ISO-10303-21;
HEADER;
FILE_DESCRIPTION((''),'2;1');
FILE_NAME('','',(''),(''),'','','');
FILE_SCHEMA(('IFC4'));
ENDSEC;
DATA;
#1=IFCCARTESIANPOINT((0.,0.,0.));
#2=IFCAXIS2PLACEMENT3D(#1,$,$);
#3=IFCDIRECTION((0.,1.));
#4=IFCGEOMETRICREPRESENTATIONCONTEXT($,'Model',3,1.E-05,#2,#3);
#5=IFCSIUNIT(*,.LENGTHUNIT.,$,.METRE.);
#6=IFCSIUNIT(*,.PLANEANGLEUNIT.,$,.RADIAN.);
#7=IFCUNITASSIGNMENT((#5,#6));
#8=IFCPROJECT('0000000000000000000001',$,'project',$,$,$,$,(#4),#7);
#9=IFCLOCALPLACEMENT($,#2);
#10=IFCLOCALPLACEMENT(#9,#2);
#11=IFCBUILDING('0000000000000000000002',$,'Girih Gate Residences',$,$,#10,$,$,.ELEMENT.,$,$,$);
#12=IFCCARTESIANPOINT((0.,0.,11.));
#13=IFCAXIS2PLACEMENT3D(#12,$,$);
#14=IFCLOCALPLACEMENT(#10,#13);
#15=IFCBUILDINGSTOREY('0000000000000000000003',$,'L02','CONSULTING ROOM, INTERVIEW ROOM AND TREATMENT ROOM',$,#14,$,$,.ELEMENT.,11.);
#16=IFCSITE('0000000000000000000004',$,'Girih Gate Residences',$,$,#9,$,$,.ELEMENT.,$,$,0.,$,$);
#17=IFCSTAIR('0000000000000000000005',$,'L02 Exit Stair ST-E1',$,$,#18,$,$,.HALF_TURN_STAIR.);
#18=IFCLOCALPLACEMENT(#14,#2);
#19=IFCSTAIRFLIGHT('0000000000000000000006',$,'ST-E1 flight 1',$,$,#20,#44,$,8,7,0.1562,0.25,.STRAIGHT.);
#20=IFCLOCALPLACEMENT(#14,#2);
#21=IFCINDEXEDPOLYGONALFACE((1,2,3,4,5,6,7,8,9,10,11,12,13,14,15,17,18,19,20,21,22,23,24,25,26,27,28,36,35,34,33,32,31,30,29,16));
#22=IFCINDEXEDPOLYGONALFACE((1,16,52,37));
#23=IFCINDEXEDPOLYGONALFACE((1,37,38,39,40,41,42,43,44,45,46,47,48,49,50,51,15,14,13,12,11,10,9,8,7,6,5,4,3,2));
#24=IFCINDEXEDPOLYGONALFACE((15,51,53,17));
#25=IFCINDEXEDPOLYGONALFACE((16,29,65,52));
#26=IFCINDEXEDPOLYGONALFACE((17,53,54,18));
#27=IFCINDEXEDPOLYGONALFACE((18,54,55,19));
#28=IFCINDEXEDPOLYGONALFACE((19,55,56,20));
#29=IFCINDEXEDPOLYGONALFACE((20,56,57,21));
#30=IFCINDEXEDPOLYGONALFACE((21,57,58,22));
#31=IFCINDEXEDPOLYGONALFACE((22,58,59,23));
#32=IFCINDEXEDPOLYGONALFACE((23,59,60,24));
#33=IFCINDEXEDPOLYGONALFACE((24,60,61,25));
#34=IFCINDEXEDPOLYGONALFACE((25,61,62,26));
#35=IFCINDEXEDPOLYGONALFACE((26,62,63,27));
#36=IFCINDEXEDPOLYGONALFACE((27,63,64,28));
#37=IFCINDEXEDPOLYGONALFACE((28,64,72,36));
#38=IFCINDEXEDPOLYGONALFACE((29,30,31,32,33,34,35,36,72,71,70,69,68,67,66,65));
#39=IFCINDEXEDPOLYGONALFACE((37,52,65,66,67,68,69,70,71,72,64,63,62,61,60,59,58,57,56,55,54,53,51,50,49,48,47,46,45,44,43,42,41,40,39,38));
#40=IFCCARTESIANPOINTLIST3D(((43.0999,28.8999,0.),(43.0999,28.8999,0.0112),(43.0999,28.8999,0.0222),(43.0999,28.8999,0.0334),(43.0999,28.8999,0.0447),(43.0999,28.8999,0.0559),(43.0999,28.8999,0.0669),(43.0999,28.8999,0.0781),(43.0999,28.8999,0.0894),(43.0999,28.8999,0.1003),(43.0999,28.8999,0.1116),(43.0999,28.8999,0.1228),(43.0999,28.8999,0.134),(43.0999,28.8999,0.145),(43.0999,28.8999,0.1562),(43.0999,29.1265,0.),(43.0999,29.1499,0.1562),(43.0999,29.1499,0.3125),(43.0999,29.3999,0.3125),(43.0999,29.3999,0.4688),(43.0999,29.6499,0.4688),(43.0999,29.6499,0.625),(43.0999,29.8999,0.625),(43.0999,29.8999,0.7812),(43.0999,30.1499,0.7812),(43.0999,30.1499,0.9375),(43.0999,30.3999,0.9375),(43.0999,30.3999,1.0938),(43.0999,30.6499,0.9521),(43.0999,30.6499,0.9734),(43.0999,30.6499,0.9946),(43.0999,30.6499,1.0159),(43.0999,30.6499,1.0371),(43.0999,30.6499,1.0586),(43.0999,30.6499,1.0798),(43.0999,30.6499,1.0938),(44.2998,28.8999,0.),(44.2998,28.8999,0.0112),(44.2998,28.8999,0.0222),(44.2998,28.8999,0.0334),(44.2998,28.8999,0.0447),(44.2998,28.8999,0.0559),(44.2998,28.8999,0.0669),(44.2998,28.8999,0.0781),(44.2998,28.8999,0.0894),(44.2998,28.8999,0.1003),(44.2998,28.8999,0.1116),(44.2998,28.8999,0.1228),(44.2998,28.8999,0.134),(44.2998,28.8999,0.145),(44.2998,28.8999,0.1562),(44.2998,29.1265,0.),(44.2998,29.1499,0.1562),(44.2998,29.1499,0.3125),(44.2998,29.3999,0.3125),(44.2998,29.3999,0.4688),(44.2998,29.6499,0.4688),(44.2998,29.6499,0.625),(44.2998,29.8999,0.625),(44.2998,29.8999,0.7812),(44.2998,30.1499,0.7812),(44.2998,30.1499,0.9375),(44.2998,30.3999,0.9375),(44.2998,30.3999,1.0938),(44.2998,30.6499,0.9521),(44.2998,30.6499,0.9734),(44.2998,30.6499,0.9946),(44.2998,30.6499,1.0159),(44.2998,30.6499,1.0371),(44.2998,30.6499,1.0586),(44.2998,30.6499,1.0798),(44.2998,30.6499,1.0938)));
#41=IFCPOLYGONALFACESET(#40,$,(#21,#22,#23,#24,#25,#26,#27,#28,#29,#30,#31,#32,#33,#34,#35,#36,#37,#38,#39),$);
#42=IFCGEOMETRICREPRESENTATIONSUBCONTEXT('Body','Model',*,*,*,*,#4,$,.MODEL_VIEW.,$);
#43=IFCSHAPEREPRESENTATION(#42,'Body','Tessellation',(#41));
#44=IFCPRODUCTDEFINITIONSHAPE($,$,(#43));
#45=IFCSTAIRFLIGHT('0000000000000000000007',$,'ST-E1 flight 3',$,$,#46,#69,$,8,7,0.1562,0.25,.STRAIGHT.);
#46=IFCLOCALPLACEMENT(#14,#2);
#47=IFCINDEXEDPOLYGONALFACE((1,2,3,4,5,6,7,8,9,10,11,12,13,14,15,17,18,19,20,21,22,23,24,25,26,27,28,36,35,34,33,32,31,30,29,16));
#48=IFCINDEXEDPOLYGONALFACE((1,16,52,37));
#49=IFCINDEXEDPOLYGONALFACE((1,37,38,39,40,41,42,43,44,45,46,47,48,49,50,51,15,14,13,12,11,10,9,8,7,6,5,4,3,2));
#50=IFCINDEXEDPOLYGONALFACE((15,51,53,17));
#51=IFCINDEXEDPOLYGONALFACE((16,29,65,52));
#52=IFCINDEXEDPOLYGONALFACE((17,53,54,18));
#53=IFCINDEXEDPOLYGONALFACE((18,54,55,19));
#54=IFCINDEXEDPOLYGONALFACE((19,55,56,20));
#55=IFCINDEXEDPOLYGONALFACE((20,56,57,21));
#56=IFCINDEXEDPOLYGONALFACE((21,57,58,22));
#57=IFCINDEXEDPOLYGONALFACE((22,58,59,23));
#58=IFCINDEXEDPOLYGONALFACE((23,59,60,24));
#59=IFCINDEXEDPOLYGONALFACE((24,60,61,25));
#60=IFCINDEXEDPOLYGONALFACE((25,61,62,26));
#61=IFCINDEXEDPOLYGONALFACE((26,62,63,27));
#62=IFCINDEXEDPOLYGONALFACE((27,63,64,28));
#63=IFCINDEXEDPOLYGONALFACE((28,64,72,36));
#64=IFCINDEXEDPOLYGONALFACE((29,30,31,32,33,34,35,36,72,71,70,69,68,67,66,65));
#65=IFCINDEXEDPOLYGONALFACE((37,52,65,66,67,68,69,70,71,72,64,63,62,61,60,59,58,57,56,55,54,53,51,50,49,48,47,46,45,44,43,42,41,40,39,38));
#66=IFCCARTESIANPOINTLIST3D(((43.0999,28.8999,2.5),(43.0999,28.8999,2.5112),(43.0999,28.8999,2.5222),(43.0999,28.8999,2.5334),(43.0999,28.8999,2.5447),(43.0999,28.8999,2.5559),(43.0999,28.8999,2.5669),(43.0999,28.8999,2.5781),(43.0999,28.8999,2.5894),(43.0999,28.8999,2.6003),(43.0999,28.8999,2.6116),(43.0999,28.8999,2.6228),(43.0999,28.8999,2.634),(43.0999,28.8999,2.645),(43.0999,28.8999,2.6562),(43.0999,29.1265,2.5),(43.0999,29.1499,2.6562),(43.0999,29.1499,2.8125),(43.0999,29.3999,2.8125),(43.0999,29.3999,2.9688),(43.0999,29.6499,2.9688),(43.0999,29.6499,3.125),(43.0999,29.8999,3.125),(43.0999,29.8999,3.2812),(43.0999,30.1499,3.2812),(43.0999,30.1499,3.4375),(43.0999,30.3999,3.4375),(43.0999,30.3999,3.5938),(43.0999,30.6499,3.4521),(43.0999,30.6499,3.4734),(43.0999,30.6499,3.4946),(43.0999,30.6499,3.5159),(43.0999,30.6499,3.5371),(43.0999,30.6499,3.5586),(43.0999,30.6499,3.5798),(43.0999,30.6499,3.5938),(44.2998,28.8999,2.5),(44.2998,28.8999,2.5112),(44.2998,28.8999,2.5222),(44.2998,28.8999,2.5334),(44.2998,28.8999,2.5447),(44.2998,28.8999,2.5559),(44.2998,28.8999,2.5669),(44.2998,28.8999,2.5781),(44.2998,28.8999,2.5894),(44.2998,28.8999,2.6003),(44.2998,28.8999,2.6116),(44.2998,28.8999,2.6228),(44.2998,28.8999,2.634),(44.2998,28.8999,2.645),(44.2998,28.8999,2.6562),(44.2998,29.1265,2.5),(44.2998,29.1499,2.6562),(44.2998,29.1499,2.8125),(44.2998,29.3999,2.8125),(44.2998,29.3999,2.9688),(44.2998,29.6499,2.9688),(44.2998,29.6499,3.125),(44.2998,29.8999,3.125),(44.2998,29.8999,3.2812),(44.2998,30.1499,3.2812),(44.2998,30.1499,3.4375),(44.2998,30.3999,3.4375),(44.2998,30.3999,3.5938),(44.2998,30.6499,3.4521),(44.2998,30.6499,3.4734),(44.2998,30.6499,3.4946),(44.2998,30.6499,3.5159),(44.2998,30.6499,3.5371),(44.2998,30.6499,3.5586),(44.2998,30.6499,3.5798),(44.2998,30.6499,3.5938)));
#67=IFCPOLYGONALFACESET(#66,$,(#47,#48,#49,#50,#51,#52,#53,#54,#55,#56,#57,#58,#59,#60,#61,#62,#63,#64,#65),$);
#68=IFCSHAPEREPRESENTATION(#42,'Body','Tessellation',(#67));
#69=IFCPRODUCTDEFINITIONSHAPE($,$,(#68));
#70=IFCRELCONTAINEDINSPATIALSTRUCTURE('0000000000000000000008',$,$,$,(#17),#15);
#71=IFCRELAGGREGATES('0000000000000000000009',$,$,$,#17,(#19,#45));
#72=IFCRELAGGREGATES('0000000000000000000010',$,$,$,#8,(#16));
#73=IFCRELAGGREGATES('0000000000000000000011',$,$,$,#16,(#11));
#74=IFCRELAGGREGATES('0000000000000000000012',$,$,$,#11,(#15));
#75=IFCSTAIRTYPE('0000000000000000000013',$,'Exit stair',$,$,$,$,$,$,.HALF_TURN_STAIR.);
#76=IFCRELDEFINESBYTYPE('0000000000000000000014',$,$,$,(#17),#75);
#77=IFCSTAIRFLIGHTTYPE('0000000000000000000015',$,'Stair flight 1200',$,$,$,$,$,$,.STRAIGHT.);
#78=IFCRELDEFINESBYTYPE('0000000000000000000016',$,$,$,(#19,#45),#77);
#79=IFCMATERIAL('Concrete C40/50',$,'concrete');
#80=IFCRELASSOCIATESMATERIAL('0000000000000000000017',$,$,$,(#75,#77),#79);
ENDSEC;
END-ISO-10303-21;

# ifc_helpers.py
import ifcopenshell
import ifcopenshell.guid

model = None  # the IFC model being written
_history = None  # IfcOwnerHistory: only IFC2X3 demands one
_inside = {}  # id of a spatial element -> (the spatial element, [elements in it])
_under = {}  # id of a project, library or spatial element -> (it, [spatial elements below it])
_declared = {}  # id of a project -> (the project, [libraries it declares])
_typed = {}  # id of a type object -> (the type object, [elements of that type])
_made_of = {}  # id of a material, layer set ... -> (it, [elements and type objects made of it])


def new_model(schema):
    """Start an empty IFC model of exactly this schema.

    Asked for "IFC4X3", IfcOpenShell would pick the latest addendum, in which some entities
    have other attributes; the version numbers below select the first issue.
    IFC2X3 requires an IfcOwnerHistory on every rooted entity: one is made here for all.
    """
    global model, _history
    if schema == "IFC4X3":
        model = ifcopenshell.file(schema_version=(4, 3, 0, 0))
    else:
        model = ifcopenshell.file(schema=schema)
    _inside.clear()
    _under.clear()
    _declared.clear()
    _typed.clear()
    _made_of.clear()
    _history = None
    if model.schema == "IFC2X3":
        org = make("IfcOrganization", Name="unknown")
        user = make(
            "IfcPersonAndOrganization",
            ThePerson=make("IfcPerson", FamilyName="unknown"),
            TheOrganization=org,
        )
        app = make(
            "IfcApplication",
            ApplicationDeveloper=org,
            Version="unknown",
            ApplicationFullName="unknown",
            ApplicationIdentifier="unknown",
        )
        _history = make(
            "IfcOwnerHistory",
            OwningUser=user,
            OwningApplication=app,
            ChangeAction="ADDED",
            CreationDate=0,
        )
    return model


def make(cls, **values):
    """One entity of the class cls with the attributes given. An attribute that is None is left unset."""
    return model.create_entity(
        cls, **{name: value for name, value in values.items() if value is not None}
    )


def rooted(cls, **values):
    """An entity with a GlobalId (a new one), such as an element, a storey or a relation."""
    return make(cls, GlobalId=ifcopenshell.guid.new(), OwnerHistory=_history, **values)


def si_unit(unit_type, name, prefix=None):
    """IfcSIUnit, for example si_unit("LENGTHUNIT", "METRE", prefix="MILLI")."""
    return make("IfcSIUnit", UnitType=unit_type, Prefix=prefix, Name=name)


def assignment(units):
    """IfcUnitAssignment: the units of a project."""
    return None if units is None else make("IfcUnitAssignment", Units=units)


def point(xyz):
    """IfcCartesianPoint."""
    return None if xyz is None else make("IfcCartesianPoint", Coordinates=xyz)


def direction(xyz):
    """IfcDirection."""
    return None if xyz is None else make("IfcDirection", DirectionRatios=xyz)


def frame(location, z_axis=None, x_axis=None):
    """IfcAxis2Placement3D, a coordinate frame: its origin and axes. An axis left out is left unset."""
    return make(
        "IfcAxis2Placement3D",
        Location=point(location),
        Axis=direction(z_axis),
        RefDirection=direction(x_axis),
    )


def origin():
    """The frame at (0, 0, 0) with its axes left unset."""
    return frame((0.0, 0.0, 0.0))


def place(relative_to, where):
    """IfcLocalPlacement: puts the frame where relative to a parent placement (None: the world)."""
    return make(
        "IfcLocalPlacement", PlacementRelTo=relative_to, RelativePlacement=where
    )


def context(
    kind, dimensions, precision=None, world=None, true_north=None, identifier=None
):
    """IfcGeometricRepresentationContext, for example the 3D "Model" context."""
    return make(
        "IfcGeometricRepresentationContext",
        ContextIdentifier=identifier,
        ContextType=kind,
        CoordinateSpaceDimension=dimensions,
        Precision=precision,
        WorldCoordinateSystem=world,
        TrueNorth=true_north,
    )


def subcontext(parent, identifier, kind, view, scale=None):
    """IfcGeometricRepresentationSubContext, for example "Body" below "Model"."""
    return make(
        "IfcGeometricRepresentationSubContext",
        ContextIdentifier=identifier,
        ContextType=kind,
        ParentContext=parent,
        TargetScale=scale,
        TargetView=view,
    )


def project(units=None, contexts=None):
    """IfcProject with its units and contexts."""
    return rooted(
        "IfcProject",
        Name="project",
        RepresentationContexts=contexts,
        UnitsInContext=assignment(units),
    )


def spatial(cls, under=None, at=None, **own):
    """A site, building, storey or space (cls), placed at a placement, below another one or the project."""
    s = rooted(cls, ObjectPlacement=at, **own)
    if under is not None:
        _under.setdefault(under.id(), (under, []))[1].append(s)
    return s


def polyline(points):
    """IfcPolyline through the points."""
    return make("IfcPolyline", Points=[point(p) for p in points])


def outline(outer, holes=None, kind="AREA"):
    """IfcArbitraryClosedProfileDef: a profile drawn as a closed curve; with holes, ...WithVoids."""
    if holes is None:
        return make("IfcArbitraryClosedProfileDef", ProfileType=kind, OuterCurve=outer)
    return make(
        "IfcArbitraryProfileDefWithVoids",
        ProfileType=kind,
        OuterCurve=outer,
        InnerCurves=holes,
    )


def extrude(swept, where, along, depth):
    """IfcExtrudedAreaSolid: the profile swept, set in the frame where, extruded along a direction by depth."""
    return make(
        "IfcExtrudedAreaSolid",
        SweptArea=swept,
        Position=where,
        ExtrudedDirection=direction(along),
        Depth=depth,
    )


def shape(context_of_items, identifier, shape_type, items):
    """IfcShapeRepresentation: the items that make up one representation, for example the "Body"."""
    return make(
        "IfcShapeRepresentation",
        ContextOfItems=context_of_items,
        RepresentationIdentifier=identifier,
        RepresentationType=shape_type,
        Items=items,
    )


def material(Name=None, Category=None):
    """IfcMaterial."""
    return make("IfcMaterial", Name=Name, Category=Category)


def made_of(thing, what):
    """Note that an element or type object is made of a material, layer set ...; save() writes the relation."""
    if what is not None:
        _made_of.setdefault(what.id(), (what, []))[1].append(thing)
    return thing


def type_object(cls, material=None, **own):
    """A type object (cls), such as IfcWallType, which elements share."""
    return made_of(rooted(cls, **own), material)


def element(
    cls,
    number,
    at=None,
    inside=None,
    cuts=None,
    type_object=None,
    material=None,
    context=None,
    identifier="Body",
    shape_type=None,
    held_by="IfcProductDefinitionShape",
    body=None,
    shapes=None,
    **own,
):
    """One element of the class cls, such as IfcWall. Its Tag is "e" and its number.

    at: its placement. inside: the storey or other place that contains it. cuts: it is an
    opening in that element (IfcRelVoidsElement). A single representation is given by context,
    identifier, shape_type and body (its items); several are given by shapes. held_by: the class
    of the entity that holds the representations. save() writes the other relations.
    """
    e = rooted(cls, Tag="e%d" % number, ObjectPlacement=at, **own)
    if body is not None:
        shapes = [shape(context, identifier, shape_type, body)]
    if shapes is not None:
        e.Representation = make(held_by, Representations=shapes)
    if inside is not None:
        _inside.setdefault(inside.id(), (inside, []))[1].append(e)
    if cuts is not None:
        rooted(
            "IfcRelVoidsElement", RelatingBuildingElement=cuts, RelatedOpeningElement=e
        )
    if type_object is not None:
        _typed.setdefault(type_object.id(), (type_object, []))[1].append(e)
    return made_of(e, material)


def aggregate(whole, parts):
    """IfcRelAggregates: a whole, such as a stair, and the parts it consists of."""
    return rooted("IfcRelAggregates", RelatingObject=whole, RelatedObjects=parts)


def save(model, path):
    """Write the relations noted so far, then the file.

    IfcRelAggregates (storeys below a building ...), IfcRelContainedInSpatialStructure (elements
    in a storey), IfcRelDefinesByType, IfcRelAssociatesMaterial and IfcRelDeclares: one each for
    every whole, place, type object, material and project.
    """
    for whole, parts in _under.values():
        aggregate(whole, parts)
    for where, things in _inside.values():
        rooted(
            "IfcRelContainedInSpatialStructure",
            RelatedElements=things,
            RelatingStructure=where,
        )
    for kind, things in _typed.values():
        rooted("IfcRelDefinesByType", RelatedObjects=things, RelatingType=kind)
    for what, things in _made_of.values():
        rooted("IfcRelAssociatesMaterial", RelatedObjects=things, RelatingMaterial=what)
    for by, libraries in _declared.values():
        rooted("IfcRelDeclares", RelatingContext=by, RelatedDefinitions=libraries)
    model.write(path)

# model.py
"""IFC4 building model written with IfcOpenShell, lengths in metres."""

from ifc_helpers import new_model, si_unit, direction, frame, origin, place, context, subcontext, project, spatial, polyline, outline, extrude, material, type_object, element, aggregate, save


model = new_model("IFC4")

# Units and contexts
model_context = context("Model", 3, precision=1e-05, world=origin(), true_north=direction((0.0, 1.0)))
body_context = subcontext(model_context, "Body", "Model", "MODEL_VIEW")
ifc_project = project(units=[si_unit("LENGTHUNIT", "METRE"), si_unit("PLANEANGLEUNIT", "RADIAN")], contexts=[model_context])

# Site, building, storey
site_placement = place(None, origin())
site = spatial("IfcSite", under=ifc_project, at=site_placement, Name="Girih Gate Residences", CompositionType="ELEMENT", RefElevation=0.0)
building_placement = place(site_placement, origin())
building = spatial("IfcBuilding", under=site, at=building_placement, Name="Girih Gate Residences", CompositionType="ELEMENT")
storey_placement = place(building_placement, frame((0.0, 0.0, 11.0)))
storey = spatial("IfcBuildingStorey", under=building, at=storey_placement, Name="L02", Description="CONSULTING ROOM, INTERVIEW ROOM AND TREATMENT ROOM", CompositionType="ELEMENT", Elevation=11.0)

# Shared definitions
ifc_material_1 = material(Name="Concrete C40/50", Category="concrete")

# Stair, stair flights
stair_type = type_object("IfcStairType", Name="Exit stair", PredefinedType="HALF_TURN_STAIR", material=ifc_material_1)
stair_placement = place(storey_placement, origin())
stair = element("IfcStair", 1, at=stair_placement, inside=storey, type_object=stair_type, Name="L02 Exit Stair ST-E1", PredefinedType="HALF_TURN_STAIR")
stair_flight_type = type_object("IfcStairFlightType", Name="Stair flight 1200", PredefinedType="STRAIGHT", material=ifc_material_1)
stair_flight_1_placement = place(storey_placement, frame((43.7, 28.8999, 0.0), z_axis=(0.0, 0.0, 1.0), x_axis=(0.0, 1.0, 0.0)))
stair_flight_1 = element("IfcStairFlight", 2, at=stair_flight_1_placement, type_object=stair_flight_type, Name="ST-E1 flight 1", NumberOfRisers=8, NumberOfTreads=7, PredefinedType="STRAIGHT", RiserHeight=0.1562, TreadLength=0.25, context=body_context, shape_type="SweptSolid", body=[
    extrude(outline(polyline([(0.0, 0.0), (0.0, 0.0112), (0.0, 0.0222), (0.0, 0.0334), (0.0, 0.0447), (0.0, 0.0559), (0.0, 0.0669), (0.0, 0.0781), (0.0, 0.0894), (0.0, 0.1003), (0.0, 0.1116), (0.0, 0.1228), (0.0, 0.134), (0.0, 0.145), (0.0, 0.1562), (0.25, 0.1562), (0.25, 0.3125), (0.5, 0.3125), (0.5, 0.4688), (0.75, 0.4688), (0.75, 0.625), (1.0, 0.625), (1.0, 0.7812), (1.25, 0.7812), (1.25, 0.9375), (1.5, 0.9375), (1.5, 1.0938), (1.75, 1.0938), (1.75, 1.105), (1.75, 1.116), (1.75, 1.1272), (1.75, 1.1384), (1.75, 1.1497), (1.75, 1.1606), (1.75, 1.1719), (1.75, 1.1831), (1.75, 1.1941), (1.75, 1.2053), (1.75, 1.2166), (1.75, 1.2278), (1.75, 1.2388), (1.75, 1.25), (1.75, 1.2288), (1.75, 1.2075), (1.75, 1.1863), (1.75, 1.1648), (1.75, 1.1436), (1.75, 1.1223), (1.75, 1.1011), (1.75, 1.0798), (1.75, 1.0586), (1.75, 1.0371), (1.75, 1.0159), (1.75, 0.9946), (1.75, 0.9734), (1.75, 0.9521), (0.2266, 0.0), (0.0, 0.0)])), frame((0.0, 0.6001, 0.0), z_axis=(0.0, -1.0, 0.0), x_axis=(1.0, 0.0, 0.0)), (0.0, 0.0, 1.0), 1.2),
])
stair_flight_2_placement = place(storey_placement, frame((43.7, 28.8999, 2.5), z_axis=(0.0, 0.0, 1.0), x_axis=(0.0, 1.0, 0.0)))
stair_flight_2 = element("IfcStairFlight", 3, at=stair_flight_2_placement, type_object=stair_flight_type, Name="ST-E1 flight 3", NumberOfRisers=8, NumberOfTreads=7, PredefinedType="STRAIGHT", RiserHeight=0.1562, TreadLength=0.25, context=body_context, shape_type="SweptSolid", body=[
    extrude(outline(polyline([(0.0, 0.0), (0.0, 0.0112), (0.0, 0.0222), (0.0, 0.0334), (0.0, 0.0447), (0.0, 0.0559), (0.0, 0.0669), (0.0, 0.0781), (0.0, 0.0894), (0.0, 0.1003), (0.0, 0.1116), (0.0, 0.1228), (0.0, 0.134), (0.0, 0.145), (0.0, 0.1562), (0.25, 0.1562), (0.25, 0.3125), (0.5, 0.3125), (0.5, 0.4688), (0.75, 0.4688), (0.75, 0.625), (1.0, 0.625), (1.0, 0.7812), (1.25, 0.7812), (1.25, 0.9375), (1.5, 0.9375), (1.5, 1.0938), (1.75, 1.0938), (1.75, 1.105), (1.75, 1.116), (1.75, 1.1272), (1.75, 1.1384), (1.75, 1.1497), (1.75, 1.1606), (1.75, 1.1719), (1.75, 1.1831), (1.75, 1.1941), (1.75, 1.2053), (1.75, 1.2166), (1.75, 1.2278), (1.75, 1.2388), (1.75, 1.25), (1.75, 1.2288), (1.75, 1.2075), (1.75, 1.1863), (1.75, 1.1648), (1.75, 1.1436), (1.75, 1.1223), (1.75, 1.1011), (1.75, 1.0798), (1.75, 1.0586), (1.75, 1.0371), (1.75, 1.0159), (1.75, 0.9946), (1.75, 0.9734), (1.75, 0.9521), (0.2266, 0.0), (0.0, 0.0)])), frame((0.0, 0.6001, 0.0), z_axis=(0.0, -1.0, 0.0), x_axis=(1.0, 0.0, 0.0)), (0.0, 0.0, 1.0), 1.2),
])
aggregate(stair, [stair_flight_1, stair_flight_2])

save(model, "model.ifc")
